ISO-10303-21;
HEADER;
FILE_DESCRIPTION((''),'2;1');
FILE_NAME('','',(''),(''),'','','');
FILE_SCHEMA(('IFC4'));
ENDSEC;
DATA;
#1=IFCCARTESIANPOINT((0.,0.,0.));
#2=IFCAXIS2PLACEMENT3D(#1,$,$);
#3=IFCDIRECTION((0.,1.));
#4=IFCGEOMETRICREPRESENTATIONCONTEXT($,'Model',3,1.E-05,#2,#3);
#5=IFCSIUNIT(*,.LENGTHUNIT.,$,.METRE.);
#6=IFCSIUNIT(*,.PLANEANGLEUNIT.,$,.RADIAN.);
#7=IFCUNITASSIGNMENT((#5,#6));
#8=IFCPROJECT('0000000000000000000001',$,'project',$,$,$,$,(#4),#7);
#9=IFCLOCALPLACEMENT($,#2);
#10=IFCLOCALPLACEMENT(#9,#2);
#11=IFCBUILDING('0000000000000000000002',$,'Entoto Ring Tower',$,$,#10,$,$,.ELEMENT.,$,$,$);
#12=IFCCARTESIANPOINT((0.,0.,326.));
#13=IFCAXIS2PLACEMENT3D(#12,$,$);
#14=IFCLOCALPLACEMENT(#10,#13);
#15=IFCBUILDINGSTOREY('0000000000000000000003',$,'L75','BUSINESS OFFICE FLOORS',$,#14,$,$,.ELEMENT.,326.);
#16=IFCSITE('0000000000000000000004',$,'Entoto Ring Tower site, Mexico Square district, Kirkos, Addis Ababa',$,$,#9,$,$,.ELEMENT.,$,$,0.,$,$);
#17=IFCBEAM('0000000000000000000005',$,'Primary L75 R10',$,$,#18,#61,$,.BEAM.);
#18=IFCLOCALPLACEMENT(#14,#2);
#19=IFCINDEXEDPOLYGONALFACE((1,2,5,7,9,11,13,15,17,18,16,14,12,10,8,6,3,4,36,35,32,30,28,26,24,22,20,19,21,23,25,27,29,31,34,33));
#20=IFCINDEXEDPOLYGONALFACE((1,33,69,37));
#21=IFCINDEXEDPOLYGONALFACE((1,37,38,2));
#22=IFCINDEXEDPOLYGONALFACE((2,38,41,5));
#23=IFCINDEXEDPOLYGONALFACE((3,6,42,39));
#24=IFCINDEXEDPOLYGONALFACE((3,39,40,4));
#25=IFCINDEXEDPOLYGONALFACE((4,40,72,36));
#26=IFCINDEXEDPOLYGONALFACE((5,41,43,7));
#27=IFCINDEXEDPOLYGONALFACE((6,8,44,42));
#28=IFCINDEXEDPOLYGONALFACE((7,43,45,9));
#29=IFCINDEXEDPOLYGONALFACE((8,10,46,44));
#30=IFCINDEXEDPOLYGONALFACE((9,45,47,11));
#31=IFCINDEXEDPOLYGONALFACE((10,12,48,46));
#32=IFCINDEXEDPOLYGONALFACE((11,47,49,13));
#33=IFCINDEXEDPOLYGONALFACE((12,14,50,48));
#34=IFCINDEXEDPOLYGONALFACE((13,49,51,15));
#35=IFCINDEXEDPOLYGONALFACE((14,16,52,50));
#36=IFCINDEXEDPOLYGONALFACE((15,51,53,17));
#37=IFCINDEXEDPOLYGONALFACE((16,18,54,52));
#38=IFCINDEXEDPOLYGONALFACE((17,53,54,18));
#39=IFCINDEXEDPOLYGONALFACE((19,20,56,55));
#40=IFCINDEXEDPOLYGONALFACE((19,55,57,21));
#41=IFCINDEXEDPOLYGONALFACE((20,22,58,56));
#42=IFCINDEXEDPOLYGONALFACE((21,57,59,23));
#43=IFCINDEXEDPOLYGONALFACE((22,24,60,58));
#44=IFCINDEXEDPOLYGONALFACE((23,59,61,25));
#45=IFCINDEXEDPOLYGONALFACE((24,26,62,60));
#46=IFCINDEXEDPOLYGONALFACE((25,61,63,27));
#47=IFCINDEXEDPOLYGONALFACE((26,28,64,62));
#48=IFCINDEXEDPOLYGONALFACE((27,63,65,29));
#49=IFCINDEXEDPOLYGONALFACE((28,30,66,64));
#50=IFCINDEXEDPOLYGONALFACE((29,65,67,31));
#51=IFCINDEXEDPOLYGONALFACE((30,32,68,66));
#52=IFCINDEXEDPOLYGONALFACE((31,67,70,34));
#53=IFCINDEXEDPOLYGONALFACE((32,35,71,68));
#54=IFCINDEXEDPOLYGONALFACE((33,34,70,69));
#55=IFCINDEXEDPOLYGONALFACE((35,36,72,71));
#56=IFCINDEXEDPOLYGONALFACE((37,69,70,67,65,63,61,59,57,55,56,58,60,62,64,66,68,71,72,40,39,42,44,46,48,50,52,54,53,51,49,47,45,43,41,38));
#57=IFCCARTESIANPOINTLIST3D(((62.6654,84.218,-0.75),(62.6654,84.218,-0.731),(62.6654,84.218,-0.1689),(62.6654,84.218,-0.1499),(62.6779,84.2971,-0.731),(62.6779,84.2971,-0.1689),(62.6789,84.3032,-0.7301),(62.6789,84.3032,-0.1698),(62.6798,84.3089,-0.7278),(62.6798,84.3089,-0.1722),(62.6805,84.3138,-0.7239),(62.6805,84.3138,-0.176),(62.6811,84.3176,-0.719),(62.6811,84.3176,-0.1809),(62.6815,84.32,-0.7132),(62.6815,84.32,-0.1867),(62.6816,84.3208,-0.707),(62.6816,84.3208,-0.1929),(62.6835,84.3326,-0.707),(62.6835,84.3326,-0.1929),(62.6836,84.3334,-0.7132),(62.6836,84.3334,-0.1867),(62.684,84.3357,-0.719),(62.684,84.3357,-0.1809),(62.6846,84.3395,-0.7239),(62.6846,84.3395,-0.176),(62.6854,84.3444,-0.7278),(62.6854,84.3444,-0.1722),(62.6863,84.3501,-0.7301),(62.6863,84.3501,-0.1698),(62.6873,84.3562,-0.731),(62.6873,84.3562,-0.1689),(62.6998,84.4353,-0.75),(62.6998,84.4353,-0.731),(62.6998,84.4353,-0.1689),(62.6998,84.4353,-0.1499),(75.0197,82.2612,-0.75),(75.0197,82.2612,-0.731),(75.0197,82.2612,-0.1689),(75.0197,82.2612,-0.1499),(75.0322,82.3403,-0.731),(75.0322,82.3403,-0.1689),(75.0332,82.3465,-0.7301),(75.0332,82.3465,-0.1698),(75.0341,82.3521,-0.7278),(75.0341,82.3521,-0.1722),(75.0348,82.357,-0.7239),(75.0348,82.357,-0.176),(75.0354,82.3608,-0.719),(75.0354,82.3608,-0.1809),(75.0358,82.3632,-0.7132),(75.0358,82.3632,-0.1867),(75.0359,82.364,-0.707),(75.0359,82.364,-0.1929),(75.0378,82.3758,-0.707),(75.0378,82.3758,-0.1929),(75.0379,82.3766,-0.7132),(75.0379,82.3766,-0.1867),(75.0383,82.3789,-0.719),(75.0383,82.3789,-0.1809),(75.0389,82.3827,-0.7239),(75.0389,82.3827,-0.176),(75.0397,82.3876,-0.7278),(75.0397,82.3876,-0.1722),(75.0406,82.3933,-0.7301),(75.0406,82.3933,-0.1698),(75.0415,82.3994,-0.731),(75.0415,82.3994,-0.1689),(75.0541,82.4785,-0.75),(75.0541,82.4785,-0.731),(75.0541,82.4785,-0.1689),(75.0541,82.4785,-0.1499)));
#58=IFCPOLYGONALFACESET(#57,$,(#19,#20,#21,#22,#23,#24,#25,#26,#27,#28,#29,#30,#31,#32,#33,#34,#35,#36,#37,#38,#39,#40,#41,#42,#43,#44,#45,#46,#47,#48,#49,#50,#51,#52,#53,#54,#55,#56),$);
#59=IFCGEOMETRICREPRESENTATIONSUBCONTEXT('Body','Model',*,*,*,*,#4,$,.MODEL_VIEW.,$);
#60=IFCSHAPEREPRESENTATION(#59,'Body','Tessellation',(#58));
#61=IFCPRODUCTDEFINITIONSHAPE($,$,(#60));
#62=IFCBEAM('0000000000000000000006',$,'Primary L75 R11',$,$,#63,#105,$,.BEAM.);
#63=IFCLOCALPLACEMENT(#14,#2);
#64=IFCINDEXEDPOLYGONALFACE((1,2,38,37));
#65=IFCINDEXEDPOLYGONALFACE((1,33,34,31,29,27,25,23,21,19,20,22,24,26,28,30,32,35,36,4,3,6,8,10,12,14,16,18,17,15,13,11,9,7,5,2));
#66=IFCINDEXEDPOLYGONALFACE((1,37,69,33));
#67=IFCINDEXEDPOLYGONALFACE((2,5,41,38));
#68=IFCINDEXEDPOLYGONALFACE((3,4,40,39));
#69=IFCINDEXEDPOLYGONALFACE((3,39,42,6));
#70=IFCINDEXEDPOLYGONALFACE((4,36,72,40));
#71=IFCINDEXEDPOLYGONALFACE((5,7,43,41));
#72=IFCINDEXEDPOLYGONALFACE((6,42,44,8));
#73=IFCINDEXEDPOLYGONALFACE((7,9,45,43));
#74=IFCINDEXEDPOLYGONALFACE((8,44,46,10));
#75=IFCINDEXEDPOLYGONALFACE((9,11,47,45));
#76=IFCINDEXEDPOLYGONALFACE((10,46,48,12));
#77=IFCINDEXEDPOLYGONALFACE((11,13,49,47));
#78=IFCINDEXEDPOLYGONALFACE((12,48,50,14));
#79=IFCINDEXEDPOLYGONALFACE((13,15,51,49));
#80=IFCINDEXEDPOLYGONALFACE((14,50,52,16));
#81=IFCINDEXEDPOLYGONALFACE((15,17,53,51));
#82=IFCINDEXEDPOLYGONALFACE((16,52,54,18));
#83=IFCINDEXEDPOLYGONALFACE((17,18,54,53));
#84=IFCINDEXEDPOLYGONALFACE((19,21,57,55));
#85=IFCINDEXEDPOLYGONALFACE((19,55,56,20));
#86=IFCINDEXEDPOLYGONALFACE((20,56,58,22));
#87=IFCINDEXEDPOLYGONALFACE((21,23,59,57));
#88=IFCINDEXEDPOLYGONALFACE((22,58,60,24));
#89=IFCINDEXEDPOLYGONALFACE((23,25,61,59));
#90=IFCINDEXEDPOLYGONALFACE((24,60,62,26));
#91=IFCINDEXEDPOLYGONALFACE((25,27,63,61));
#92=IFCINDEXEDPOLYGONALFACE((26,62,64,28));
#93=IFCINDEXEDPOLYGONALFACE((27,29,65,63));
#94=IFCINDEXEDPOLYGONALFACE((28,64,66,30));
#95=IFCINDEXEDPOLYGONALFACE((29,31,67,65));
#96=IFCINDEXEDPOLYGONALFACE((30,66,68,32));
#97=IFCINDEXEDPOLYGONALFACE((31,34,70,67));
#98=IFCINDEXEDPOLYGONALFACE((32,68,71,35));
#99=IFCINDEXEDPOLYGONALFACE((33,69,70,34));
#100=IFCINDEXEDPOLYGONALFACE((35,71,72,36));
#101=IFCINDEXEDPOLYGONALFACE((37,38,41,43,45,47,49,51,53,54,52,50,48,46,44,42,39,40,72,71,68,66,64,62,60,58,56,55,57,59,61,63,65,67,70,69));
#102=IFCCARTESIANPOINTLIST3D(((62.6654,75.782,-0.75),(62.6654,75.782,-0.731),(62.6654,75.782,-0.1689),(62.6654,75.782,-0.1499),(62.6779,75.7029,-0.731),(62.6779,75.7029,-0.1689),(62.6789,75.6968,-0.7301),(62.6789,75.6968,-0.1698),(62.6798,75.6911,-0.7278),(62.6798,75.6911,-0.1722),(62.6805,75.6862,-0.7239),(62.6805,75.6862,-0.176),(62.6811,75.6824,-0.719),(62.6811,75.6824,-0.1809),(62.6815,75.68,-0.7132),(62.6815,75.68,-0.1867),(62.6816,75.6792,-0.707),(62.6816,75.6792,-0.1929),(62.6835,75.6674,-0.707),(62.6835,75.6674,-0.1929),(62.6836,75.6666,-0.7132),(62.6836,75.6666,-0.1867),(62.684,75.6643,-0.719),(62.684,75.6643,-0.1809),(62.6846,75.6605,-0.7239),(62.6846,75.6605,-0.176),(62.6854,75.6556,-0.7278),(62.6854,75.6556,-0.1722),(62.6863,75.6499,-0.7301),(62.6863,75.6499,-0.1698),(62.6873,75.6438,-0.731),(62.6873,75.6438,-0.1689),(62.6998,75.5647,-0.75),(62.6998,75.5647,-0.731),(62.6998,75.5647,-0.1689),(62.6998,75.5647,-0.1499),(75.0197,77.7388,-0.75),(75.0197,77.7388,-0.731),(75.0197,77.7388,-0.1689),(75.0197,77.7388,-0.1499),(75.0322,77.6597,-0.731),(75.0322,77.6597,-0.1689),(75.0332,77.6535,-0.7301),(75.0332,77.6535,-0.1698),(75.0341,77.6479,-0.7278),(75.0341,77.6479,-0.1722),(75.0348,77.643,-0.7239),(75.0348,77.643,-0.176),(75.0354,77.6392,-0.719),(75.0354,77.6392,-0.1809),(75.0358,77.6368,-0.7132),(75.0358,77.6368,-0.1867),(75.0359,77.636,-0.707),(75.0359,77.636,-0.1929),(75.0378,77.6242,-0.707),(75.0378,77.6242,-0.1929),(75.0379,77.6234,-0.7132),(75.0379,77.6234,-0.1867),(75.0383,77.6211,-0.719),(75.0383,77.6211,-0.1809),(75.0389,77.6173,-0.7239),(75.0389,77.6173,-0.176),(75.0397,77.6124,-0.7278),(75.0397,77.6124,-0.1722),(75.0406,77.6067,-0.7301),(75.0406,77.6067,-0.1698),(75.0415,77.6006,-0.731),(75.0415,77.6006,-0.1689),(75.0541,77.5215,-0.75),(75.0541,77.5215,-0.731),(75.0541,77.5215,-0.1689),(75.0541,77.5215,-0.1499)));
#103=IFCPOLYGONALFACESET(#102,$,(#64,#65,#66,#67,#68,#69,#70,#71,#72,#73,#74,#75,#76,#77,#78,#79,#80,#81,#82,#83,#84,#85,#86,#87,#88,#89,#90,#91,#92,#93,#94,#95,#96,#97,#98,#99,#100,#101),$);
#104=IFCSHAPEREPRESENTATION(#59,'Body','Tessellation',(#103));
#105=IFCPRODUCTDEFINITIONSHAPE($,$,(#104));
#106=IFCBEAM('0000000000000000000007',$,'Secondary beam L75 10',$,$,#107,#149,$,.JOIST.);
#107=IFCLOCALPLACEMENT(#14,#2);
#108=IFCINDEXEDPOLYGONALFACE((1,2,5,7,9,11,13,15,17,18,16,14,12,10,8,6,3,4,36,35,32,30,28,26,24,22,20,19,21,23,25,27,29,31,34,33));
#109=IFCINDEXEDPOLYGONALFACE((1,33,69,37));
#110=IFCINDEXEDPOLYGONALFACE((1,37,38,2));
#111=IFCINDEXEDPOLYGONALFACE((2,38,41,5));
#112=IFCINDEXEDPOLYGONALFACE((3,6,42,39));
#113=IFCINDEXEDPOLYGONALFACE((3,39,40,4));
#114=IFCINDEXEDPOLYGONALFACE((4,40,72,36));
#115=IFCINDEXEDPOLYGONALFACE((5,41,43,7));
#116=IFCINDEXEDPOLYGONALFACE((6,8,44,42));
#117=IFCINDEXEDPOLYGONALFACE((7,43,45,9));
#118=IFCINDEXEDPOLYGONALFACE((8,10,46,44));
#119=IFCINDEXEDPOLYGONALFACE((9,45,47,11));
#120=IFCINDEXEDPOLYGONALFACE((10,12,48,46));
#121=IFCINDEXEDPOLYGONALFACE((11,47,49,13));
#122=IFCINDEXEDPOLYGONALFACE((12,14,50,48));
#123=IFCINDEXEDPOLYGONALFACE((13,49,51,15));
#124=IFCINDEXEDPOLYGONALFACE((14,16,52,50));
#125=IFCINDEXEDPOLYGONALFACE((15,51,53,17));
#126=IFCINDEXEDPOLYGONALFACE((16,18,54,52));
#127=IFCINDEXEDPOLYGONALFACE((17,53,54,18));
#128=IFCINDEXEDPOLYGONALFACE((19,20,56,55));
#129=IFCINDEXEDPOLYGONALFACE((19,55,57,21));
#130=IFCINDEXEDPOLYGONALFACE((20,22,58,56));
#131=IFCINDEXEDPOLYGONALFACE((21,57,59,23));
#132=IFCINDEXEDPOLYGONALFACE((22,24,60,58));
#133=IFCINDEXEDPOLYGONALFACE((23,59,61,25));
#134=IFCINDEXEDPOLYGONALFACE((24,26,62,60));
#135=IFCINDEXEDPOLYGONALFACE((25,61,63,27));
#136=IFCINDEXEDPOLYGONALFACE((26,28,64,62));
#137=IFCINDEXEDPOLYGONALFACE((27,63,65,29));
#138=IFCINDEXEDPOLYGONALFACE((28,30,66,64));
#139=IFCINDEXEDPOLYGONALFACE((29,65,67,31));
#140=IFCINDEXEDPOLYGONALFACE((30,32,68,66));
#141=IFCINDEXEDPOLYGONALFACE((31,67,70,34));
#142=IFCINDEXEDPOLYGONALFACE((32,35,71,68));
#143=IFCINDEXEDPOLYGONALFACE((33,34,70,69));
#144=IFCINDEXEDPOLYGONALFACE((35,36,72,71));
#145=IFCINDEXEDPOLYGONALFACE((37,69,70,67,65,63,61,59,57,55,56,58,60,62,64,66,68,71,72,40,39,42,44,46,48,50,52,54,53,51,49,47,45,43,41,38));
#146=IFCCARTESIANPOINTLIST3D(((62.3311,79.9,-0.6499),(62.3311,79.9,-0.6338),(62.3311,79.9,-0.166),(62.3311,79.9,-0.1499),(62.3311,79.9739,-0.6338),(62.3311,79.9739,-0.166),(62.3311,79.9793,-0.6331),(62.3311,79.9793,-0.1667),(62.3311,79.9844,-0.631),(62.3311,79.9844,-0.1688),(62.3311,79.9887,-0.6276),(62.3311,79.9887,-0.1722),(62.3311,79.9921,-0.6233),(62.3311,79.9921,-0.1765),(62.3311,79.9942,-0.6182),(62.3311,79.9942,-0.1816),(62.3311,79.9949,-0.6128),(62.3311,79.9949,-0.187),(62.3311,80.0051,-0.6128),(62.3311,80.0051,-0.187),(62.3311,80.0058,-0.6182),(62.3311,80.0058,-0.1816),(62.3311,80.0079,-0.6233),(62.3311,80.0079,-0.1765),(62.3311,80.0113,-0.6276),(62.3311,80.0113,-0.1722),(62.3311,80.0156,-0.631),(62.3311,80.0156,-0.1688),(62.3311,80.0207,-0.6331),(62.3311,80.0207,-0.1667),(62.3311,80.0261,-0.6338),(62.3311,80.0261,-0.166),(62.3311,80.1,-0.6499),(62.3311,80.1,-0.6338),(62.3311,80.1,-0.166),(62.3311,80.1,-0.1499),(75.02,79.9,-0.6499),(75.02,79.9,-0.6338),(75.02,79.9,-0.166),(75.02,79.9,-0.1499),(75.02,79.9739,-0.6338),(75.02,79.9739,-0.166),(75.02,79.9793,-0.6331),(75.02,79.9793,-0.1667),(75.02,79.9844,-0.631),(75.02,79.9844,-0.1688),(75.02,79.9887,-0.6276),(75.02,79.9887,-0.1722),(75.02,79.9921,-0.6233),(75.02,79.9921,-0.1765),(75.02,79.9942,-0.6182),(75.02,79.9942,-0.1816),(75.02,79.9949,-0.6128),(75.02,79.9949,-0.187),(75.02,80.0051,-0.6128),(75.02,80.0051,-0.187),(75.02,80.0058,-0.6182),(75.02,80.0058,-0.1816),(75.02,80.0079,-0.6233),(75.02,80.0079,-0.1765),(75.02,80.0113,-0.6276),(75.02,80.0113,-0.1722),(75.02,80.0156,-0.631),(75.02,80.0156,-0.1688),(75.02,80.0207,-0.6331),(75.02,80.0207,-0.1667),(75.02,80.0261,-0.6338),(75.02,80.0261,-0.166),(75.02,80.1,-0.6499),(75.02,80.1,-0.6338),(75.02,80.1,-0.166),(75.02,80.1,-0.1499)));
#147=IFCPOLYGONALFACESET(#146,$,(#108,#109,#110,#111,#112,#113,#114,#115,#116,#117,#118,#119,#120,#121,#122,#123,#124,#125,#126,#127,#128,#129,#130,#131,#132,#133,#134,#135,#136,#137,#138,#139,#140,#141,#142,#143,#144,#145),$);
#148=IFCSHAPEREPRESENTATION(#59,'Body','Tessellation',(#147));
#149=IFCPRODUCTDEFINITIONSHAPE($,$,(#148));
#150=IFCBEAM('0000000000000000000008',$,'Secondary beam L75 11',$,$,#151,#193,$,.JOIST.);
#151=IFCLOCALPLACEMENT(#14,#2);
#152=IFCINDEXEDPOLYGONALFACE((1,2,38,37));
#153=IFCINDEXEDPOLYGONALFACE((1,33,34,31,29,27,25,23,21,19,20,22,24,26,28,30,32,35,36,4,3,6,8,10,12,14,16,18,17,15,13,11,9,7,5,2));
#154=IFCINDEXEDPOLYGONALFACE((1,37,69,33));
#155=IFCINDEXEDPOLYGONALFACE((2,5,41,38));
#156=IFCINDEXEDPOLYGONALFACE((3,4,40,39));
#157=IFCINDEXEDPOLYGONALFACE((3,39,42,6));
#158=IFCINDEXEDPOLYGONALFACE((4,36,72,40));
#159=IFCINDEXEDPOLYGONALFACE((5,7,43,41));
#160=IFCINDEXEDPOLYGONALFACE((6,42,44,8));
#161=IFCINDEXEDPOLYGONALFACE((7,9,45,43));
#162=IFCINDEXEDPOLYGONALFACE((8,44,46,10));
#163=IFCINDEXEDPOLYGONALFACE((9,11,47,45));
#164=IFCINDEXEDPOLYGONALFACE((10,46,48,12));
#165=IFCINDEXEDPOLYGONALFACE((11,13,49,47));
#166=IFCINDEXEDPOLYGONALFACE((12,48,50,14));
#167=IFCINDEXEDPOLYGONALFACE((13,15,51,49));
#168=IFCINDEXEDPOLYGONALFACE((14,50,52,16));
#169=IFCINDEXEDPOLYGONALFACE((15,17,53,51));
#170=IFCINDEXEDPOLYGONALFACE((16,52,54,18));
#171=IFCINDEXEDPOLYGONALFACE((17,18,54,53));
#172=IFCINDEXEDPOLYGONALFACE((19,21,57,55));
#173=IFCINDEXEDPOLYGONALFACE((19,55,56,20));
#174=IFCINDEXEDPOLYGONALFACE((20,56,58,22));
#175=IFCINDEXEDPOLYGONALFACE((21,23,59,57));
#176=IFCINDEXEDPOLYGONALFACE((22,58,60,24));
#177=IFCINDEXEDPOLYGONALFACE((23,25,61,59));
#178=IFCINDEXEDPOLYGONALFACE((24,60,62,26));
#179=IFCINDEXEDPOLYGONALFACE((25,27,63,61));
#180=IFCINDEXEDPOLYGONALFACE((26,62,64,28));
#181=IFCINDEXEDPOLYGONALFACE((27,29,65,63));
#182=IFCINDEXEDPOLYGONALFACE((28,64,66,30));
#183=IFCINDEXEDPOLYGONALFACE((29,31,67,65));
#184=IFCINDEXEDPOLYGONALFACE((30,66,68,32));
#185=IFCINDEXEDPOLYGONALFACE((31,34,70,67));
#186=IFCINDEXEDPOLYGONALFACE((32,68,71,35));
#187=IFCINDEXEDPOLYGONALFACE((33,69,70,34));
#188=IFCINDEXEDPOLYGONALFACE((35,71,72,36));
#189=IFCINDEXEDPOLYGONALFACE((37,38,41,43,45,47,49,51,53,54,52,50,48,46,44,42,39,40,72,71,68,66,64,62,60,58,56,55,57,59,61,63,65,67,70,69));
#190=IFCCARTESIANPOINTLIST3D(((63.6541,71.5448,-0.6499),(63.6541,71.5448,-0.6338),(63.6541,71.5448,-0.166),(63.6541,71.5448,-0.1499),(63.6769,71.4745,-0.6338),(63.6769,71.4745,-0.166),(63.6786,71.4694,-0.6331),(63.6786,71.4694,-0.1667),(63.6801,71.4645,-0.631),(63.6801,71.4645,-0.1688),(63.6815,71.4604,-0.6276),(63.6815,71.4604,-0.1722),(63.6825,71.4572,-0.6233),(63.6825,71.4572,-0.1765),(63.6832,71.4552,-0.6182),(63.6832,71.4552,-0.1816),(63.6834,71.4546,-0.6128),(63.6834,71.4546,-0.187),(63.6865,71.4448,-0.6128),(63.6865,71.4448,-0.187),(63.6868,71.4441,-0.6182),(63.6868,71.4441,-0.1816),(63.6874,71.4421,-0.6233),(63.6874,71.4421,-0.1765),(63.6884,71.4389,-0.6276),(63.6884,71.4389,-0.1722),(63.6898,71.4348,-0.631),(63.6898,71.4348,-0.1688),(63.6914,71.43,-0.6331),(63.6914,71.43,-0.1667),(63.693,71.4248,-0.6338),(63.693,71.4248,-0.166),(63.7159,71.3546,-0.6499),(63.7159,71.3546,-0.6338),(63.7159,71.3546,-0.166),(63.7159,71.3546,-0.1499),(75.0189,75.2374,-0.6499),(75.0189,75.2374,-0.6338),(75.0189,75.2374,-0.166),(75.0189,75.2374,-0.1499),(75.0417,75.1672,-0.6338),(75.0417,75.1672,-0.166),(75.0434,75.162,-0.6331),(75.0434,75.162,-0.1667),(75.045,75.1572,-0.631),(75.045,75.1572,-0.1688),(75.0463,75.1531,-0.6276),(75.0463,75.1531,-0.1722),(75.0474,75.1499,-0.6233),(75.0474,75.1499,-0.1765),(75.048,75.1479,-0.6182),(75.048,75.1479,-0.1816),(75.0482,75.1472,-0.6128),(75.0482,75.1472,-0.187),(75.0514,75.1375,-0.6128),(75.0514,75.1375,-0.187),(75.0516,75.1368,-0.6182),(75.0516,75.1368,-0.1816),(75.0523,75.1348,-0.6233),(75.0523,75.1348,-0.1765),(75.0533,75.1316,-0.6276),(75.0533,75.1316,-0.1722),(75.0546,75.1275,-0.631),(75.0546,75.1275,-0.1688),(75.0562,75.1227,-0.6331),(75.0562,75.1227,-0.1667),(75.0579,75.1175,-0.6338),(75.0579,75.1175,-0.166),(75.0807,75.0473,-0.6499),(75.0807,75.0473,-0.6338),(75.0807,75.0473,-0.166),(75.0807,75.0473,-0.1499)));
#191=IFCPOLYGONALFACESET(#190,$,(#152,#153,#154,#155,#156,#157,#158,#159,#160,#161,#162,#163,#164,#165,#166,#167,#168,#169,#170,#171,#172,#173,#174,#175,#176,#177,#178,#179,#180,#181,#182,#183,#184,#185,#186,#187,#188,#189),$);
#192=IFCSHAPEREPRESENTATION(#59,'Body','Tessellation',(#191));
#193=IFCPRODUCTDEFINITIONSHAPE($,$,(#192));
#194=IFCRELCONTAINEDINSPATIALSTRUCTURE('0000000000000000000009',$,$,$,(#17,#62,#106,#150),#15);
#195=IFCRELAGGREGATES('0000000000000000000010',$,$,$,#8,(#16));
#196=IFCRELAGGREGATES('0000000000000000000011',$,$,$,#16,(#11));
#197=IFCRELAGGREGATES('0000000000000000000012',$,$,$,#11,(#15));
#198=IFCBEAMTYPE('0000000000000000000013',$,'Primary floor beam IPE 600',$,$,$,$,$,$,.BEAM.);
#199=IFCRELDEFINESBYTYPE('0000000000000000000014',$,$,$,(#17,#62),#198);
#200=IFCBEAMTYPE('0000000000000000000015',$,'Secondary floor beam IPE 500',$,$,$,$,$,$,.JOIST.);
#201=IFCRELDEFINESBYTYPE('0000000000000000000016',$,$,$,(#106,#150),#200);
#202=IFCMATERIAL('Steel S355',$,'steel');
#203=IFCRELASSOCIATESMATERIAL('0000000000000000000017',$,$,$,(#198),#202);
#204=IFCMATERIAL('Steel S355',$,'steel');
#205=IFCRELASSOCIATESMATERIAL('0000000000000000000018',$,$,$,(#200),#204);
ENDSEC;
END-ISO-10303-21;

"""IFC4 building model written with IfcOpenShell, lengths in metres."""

from ifc_helpers import new_model, si_unit, direction, frame, origin, origin_2d, place, context, subcontext, project, spatial, i_section, extrude, material, material_profile, profile_set, type_object, element, save


model = new_model("IFC4")

# Units and contexts
model_context = context("Model", 3, precision=1e-05, world=origin(), true_north=direction((0.0, 1.0)))
body_context = subcontext(model_context, "Body", "Model", "MODEL_VIEW")
ifc_project = project(units=[si_unit("LENGTHUNIT", "METRE"), si_unit("PLANEANGLEUNIT", "RADIAN")], contexts=[model_context])

# Site, building, storey
site_placement = place(None, origin())
site = spatial("IfcSite", under=ifc_project, at=site_placement, Name="Entoto Ring Tower site, Mexico Square district, Kirkos, Addis Ababa", CompositionType="ELEMENT", RefElevation=0.0)
building_placement = place(site_placement, origin())
building = spatial("IfcBuilding", under=site, at=building_placement, Name="Entoto Ring Tower", CompositionType="ELEMENT")
storey_placement = place(building_placement, frame((0.0, 0.0, 326.0)))
storey = spatial("IfcBuildingStorey", under=building, at=storey_placement, Name="L75", Description="BUSINESS OFFICE FLOORS", CompositionType="ELEMENT", Elevation=326.0)

# Beams
ifc_material_1 = material(Name="Steel S355", Category="steel")
ifc_material_profile_1 = material_profile(ifc_material_1, i_section(OverallWidth=0.22, OverallDepth=0.6001, WebThickness=0.012, FlangeThickness=0.019, FilletRadius=0.0239, at=origin_2d()), Name="IPE 600")
ifc_profile_set_1 = profile_set([ifc_material_profile_1], Name="Steel S355")
beam_type_1 = type_object("IfcBeamType", Name="Primary floor beam IPE 600", PredefinedType="BEAM", material=ifc_profile_set_1)
for number, where, z_axis, x_axis, name in (
    (1, (75.0369, 82.3699, -0.45), (-0.987688, 0.15644, 0.0), (-0.15644, -0.987688, 0.0), "Primary L75 R10"),
    (2, (75.0369, 77.6301, -0.45), (-0.987688, -0.15644, 0.0), (0.15644, -0.987688, 0.0), "Primary L75 R11"),
):
    element("IfcBeam", number, at=place(storey_placement, frame(where, z_axis=z_axis, x_axis=x_axis)), inside=storey, type_object=beam_type_1, Name=name, PredefinedType="BEAM", context=body_context, shape_type="SweptSolid", body=[
        extrude(i_section(OverallWidth=0.22, OverallDepth=0.6001, WebThickness=0.012, FlangeThickness=0.019, FilletRadius=0.0239, at=origin_2d()), origin(), (0.0, 0.0, 1.0), 12.5083),
    ])
ifc_material_2 = material(Name="Steel S355", Category="steel")
ifc_material_profile_2 = material_profile(ifc_material_2, i_section(OverallWidth=0.2, OverallDepth=0.5, WebThickness=0.0103, FlangeThickness=0.0161, FilletRadius=0.021, at=origin_2d()), Name="IPE 500")
ifc_profile_set_2 = profile_set([ifc_material_profile_2], Name="Steel S355")
beam_type_2 = type_object("IfcBeamType", Name="Secondary floor beam IPE 500", PredefinedType="JOIST", material=ifc_profile_set_2)
beam_1_placement = place(storey_placement, frame((75.02, 80.0, -0.3999), z_axis=(-1.0, 0.0, 0.0), x_axis=(0.0, -1.0, 0.0)))
element("IfcBeam", 3, at=beam_1_placement, inside=storey, type_object=beam_type_2, Name="Secondary beam L75 10", PredefinedType="JOIST", context=body_context, shape_type="SweptSolid", body=[
    extrude(i_section(OverallWidth=0.2, OverallDepth=0.5, WebThickness=0.0103, FlangeThickness=0.0161, FilletRadius=0.021, at=origin_2d()), origin(), (0.0, 0.0, 1.0), 12.689),
])
beam_2_placement = place(storey_placement, frame((75.0498, 75.1423, -0.3999), z_axis=(-0.951057, -0.309017, 0.0), x_axis=(0.309017, -0.951057, 0.0)))
element("IfcBeam", 4, at=beam_2_placement, inside=storey, type_object=beam_type_2, Name="Secondary beam L75 11", PredefinedType="JOIST", context=body_context, shape_type="SweptSolid", body=[
    extrude(i_section(OverallWidth=0.2, OverallDepth=0.5, WebThickness=0.0103, FlangeThickness=0.0161, FilletRadius=0.021, at=origin_2d()), origin(), (0.0, 0.0, 1.0), 11.9497),
])

save(model, "model.ifc")
